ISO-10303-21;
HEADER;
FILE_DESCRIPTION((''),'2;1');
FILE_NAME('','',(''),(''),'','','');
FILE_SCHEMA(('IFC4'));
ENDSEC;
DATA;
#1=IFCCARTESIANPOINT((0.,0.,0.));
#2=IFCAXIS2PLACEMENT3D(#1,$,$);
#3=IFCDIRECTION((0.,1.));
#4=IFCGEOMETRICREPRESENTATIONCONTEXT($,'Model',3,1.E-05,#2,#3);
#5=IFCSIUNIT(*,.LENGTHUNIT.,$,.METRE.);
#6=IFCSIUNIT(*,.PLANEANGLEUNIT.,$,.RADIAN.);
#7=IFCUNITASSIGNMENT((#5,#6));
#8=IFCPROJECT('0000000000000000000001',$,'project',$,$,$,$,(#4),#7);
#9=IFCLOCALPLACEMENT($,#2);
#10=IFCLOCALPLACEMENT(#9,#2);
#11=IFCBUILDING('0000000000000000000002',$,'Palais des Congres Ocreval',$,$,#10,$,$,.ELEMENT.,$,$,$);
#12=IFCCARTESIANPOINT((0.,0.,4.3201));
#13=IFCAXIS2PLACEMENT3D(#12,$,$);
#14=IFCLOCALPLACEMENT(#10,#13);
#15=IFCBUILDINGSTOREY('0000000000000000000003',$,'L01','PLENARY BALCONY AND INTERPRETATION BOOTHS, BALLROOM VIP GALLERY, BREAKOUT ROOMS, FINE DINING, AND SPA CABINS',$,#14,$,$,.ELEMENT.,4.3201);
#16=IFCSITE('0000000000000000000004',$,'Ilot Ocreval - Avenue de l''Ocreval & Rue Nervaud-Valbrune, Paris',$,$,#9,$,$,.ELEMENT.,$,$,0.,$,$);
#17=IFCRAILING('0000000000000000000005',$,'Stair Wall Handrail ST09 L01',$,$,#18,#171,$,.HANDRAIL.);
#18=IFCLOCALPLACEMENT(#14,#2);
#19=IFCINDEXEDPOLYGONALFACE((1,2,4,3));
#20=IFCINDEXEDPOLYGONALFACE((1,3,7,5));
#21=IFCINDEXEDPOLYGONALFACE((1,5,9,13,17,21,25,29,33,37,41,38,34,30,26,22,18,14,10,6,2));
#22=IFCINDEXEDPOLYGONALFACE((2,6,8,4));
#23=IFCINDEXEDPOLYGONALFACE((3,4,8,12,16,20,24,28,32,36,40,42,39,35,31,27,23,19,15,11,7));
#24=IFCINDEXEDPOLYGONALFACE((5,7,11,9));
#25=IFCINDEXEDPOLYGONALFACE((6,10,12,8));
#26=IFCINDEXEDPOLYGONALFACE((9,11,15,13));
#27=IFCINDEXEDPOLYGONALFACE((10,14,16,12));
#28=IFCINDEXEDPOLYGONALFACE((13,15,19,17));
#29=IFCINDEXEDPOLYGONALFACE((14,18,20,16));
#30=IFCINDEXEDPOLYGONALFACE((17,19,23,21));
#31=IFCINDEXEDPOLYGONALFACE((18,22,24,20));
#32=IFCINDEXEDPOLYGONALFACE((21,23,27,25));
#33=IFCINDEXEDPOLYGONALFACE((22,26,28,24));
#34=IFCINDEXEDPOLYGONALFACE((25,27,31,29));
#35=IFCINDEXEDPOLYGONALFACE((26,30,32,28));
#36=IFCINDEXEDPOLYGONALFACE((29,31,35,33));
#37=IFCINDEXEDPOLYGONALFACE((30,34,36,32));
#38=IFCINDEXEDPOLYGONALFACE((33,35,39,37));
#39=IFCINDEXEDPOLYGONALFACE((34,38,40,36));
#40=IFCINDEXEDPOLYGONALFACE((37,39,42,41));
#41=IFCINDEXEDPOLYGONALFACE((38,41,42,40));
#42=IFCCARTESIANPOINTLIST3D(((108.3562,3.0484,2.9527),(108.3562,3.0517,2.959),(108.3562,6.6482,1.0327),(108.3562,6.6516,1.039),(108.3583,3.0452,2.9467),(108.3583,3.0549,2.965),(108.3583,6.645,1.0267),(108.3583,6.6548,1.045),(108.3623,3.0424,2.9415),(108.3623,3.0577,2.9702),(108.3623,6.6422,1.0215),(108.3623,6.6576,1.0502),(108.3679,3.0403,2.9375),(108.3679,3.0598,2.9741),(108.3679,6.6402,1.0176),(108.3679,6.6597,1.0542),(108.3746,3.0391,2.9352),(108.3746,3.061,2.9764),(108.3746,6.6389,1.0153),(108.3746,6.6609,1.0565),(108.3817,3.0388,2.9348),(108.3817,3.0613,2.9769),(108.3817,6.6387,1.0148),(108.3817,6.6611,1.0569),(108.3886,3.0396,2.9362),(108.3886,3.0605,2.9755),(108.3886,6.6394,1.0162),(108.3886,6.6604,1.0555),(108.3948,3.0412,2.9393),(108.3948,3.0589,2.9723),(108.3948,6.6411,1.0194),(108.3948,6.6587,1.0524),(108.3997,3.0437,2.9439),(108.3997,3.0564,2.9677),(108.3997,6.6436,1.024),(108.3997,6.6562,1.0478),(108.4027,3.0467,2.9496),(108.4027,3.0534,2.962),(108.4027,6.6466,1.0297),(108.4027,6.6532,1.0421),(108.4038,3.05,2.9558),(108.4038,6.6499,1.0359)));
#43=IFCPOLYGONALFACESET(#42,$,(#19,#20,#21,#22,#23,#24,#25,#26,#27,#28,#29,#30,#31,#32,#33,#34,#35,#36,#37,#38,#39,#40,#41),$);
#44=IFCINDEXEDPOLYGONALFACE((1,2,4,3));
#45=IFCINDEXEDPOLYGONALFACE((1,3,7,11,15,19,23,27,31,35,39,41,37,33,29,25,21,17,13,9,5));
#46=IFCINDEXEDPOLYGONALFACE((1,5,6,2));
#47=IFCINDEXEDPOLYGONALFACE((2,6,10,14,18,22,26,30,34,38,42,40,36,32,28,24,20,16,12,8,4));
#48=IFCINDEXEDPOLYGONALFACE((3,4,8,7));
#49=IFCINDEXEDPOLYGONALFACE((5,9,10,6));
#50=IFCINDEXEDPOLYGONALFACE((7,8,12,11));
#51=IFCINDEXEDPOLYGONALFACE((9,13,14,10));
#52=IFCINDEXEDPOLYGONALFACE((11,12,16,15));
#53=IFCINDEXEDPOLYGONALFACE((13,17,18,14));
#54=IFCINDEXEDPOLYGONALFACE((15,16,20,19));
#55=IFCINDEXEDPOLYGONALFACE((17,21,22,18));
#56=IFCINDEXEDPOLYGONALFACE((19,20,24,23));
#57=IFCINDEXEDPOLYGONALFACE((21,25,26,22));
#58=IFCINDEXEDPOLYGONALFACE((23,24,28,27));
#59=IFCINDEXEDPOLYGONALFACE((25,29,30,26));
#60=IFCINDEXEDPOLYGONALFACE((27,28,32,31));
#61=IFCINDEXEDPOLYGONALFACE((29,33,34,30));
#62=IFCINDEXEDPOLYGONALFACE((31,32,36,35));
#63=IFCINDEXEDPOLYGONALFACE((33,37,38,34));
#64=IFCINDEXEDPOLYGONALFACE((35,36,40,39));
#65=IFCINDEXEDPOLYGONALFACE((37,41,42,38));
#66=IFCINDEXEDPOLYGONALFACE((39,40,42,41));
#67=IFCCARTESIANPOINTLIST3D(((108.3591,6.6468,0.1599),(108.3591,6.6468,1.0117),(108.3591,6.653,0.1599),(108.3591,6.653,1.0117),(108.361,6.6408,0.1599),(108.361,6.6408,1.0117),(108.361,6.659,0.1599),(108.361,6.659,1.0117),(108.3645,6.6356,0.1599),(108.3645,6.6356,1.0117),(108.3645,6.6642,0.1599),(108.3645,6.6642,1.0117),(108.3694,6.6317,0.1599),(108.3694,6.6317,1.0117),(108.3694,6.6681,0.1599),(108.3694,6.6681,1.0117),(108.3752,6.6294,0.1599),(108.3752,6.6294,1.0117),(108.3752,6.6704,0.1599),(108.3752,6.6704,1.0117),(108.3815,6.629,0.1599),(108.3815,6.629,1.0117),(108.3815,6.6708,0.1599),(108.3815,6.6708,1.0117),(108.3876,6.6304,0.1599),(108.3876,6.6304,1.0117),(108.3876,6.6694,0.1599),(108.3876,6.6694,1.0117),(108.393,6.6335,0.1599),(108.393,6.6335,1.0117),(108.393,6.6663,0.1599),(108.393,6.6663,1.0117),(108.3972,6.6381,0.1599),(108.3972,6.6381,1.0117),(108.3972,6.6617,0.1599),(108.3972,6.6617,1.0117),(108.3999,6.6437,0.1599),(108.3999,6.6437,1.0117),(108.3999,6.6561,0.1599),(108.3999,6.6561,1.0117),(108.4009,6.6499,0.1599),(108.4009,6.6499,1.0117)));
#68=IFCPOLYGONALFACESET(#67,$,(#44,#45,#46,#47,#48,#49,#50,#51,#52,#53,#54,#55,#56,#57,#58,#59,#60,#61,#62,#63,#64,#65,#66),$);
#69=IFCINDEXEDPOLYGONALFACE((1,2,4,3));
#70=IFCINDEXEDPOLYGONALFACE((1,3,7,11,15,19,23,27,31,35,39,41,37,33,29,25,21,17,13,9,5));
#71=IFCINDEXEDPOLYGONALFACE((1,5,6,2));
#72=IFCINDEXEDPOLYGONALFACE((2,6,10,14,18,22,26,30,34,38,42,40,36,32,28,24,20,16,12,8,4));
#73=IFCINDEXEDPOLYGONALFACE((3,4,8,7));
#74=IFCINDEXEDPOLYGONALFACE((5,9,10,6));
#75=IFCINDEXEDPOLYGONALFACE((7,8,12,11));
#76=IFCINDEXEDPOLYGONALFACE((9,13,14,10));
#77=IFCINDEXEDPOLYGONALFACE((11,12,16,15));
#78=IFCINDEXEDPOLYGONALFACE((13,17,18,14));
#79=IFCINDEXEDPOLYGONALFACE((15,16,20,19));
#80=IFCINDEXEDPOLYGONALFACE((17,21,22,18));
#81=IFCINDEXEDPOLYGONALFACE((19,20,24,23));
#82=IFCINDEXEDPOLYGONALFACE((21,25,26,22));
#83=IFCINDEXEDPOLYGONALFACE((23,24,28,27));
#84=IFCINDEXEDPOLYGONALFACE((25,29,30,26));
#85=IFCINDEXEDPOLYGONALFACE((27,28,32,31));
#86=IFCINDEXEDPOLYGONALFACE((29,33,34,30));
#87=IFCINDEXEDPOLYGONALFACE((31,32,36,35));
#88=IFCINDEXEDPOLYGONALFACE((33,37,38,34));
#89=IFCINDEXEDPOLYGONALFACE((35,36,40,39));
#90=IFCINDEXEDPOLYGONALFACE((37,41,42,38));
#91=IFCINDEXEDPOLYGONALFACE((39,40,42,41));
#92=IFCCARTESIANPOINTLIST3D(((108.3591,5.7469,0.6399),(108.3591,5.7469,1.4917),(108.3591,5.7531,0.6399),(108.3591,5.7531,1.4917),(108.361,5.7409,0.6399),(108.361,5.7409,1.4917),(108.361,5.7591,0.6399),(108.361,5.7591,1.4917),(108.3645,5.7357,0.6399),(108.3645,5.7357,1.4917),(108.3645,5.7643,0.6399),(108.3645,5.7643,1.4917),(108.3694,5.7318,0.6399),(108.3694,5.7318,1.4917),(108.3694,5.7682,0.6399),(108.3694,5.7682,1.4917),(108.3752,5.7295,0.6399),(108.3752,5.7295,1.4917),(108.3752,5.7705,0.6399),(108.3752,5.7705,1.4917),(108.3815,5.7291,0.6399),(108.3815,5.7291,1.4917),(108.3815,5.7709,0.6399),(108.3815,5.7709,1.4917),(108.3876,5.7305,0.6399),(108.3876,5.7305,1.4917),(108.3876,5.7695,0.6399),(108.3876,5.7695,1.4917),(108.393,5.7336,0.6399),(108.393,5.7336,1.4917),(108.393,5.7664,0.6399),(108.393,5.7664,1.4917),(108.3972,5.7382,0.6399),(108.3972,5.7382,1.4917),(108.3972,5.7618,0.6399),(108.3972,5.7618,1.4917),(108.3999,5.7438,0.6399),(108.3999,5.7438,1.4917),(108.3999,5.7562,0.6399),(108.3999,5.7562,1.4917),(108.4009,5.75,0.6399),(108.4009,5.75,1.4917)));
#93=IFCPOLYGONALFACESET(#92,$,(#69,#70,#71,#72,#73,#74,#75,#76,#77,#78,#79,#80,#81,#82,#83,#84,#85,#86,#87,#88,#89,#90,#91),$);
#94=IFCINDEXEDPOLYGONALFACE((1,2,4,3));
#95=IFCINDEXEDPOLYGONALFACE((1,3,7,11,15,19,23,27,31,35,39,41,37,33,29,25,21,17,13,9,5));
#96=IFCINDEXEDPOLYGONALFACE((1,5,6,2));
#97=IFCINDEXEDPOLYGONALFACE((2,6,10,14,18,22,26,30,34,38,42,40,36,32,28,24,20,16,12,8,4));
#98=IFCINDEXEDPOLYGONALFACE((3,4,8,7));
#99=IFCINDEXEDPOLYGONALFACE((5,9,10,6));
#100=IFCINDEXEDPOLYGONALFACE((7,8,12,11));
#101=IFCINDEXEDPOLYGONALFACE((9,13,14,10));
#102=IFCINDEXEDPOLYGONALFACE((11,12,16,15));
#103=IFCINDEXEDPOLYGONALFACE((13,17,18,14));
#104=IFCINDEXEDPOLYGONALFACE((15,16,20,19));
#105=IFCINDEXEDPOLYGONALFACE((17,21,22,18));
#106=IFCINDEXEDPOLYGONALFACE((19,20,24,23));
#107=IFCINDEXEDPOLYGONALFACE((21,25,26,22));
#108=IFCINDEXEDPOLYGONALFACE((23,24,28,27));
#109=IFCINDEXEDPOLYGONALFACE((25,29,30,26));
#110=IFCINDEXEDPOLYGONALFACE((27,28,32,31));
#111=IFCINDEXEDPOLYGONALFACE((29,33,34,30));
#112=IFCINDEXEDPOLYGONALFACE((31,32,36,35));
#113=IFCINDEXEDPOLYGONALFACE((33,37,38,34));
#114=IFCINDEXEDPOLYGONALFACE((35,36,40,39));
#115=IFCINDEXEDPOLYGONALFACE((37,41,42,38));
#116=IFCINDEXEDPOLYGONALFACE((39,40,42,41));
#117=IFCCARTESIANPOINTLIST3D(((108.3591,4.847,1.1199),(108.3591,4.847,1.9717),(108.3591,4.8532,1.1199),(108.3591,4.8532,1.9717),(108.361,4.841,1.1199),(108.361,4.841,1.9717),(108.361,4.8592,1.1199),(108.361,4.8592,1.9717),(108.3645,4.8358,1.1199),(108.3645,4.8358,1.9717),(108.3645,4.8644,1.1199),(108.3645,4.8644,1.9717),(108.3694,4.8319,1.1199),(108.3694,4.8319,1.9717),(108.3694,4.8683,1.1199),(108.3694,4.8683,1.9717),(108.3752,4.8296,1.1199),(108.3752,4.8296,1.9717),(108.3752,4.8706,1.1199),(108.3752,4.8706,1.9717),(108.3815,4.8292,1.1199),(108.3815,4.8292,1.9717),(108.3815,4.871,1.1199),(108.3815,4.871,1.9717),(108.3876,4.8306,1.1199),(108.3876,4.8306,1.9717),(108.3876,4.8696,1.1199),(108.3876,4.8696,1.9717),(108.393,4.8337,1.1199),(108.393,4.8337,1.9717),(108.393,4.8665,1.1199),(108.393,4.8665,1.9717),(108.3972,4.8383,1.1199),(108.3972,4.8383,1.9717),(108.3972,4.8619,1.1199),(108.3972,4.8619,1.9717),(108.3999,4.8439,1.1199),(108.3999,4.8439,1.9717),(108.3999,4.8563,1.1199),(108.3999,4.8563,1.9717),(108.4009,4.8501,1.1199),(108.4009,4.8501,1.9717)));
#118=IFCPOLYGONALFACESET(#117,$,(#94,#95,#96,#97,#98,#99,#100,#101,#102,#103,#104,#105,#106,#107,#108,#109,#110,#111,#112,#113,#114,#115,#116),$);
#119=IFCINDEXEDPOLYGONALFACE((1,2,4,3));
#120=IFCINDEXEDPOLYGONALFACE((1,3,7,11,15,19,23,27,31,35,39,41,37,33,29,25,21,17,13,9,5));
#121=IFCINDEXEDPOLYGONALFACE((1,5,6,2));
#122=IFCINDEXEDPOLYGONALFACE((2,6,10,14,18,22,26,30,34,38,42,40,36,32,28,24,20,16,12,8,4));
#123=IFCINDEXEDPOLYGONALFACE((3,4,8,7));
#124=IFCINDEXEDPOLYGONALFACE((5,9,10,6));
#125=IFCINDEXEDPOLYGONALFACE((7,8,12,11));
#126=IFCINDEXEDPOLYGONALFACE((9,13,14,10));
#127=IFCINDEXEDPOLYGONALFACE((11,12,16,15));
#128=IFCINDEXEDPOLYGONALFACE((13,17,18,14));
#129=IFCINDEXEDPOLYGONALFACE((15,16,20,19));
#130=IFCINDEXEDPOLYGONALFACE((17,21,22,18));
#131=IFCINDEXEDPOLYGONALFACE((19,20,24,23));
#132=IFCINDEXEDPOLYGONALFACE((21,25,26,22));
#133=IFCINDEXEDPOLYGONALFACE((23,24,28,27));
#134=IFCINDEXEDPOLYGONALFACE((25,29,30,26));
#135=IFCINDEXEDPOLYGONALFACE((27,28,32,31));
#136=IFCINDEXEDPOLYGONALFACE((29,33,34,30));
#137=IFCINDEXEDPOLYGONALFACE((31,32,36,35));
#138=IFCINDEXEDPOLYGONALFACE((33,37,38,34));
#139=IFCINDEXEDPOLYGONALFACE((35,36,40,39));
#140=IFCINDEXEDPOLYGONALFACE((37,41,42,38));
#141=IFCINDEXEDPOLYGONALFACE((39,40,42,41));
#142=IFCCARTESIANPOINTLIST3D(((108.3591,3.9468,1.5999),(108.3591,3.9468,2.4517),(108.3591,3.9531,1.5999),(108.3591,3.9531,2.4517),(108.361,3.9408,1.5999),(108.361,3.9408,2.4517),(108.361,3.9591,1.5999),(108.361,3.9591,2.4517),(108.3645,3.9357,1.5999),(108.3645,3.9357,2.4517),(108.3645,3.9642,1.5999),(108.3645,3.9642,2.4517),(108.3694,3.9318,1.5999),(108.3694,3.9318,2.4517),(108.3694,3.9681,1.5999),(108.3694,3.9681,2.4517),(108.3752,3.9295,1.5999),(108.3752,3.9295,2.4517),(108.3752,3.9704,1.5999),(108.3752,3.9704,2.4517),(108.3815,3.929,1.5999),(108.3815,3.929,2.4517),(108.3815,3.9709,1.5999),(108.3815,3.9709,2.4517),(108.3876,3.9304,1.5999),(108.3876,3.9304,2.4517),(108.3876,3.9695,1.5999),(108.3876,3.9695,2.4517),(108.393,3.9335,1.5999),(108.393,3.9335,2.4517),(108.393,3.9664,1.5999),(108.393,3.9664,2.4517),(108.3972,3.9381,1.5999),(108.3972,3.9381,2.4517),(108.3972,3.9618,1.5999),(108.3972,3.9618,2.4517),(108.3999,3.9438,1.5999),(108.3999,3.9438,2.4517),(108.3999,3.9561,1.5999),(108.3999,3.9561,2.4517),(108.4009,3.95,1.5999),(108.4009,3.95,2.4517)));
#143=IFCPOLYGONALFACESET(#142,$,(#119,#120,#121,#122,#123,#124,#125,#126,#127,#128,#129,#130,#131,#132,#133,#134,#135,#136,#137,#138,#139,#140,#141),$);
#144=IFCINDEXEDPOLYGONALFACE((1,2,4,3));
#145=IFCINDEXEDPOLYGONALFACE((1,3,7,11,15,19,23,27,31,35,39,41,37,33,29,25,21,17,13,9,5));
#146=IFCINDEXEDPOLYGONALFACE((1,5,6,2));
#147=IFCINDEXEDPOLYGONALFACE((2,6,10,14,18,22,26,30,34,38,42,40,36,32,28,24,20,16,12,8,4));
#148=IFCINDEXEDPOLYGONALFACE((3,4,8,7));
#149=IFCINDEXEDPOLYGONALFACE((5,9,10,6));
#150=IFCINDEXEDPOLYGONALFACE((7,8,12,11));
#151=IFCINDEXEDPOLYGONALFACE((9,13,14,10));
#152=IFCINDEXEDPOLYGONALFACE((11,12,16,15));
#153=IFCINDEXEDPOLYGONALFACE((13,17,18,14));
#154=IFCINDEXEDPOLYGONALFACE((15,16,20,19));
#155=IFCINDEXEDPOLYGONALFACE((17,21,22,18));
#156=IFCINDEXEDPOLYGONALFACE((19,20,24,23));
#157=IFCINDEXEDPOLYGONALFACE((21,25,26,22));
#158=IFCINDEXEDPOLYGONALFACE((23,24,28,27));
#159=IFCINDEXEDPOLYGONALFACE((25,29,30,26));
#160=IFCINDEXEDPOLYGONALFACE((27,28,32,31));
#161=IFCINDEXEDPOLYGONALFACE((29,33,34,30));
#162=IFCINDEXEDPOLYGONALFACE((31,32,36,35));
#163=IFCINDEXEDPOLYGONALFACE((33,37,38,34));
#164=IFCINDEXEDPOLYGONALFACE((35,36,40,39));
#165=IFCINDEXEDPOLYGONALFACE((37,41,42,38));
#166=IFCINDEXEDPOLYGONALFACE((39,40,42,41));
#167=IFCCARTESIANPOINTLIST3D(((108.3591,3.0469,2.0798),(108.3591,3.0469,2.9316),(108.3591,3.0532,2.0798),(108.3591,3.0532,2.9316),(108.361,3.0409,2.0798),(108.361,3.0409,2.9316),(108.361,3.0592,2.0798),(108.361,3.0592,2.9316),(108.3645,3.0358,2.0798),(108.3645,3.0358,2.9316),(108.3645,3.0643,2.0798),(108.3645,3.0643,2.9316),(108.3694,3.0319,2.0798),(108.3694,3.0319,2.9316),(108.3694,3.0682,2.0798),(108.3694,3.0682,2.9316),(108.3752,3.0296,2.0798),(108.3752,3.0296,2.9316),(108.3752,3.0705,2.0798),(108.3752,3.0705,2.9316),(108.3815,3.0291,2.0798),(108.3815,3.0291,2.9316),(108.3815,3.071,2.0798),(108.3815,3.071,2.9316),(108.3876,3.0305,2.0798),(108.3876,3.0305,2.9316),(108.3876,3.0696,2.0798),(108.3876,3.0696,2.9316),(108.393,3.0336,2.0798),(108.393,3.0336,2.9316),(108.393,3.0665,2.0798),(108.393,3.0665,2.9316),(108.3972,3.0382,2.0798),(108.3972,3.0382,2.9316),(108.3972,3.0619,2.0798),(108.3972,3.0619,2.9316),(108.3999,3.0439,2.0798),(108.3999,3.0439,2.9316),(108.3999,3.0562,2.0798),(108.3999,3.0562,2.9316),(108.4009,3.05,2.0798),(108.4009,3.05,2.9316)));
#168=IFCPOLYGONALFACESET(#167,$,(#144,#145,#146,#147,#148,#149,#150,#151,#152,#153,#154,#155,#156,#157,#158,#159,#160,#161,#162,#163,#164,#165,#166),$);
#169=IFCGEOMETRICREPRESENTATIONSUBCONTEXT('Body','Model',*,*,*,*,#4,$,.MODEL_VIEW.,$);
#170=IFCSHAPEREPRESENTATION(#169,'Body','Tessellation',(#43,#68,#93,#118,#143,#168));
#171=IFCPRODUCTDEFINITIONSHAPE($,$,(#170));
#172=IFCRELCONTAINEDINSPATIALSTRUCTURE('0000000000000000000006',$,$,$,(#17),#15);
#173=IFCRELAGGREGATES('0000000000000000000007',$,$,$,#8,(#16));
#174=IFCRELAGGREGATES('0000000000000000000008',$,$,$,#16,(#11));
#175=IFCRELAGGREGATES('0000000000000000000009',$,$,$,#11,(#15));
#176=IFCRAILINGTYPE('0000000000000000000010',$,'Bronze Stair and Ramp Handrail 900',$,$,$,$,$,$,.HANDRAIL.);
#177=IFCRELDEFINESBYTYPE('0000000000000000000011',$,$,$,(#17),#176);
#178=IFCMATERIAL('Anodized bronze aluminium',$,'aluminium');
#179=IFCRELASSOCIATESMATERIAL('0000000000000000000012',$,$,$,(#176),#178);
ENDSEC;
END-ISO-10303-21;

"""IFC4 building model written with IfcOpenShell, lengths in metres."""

from ifc_helpers import new_model, si_unit, direction, frame, origin, origin_2d, place, context, subcontext, project, spatial, circle, extrude, material, type_object, element, save


model = new_model("IFC4")

# Units and contexts
model_context = context("Model", 3, precision=1e-05, world=origin(), true_north=direction((0.0, 1.0)))
body_context = subcontext(model_context, "Body", "Model", "MODEL_VIEW")
ifc_project = project(units=[si_unit("LENGTHUNIT", "METRE"), si_unit("PLANEANGLEUNIT", "RADIAN")], contexts=[model_context])

# Site, building, storey
site_placement = place(None, origin())
site = spatial("IfcSite", under=ifc_project, at=site_placement, Name="Ilot Ocreval - Avenue de l'Ocreval & Rue Nervaud-Valbrune, Paris", CompositionType="ELEMENT", RefElevation=0.0)
building_placement = place(site_placement, origin())
building = spatial("IfcBuilding", under=site, at=building_placement, Name="Palais des Congres Ocreval", CompositionType="ELEMENT")
storey_placement = place(building_placement, frame((0.0, 0.0, 4.3201)))
storey = spatial("IfcBuildingStorey", under=building, at=storey_placement, Name="L01", Description="PLENARY BALCONY AND INTERPRETATION BOOTHS, BALLROOM VIP GALLERY, BREAKOUT ROOMS, FINE DINING, AND SPA CABINS", CompositionType="ELEMENT", Elevation=4.3201)

# Shared definitions
ifc_material_1 = material(Name="Anodized bronze aluminium", Category="aluminium")

# Railing
railing_type_1 = type_object("IfcRailingType", Name="Bronze Stair and Ramp Handrail 900", PredefinedType="HANDRAIL", material=ifc_material_1)
railing_1_placement = place(storey_placement, frame((108.3799, 6.6499, 0.1599)))
element("IfcRailing", 1, at=railing_1_placement, inside=storey, type_object=railing_type_1, Name="Stair Wall Handrail ST09 L01", PredefinedType="HANDRAIL", context=body_context, shape_type="SweptSolid", body=[
    extrude(circle(Radius=0.0239, at=origin_2d()), frame((0.0, 0.0, 0.876), z_axis=(0.0, -0.882353, 0.470588), x_axis=(1.0, 0.0, 0.0)), (0.0, 0.0, 1.0), 4.0798),
    extrude(circle(Radius=0.021, at=origin_2d()), origin(), (0.0, 0.0, 1.0), 0.8518),
    extrude(circle(Radius=0.021, at=origin_2d()), frame((0.0, -0.8999, 0.48)), (0.0, 0.0, 1.0), 0.8518),
    extrude(circle(Radius=0.021, at=origin_2d()), frame((0.0, -1.7998, 0.96)), (0.0, 0.0, 1.0), 0.8518),
    extrude(circle(Radius=0.021, at=origin_2d()), frame((0.0, -2.7, 1.4399)), (0.0, 0.0, 1.0), 0.8518),
    extrude(circle(Radius=0.021, at=origin_2d()), frame((0.0, -3.5999, 1.9199)), (0.0, 0.0, 1.0), 0.8518),
])

save(model, "model.ifc")
